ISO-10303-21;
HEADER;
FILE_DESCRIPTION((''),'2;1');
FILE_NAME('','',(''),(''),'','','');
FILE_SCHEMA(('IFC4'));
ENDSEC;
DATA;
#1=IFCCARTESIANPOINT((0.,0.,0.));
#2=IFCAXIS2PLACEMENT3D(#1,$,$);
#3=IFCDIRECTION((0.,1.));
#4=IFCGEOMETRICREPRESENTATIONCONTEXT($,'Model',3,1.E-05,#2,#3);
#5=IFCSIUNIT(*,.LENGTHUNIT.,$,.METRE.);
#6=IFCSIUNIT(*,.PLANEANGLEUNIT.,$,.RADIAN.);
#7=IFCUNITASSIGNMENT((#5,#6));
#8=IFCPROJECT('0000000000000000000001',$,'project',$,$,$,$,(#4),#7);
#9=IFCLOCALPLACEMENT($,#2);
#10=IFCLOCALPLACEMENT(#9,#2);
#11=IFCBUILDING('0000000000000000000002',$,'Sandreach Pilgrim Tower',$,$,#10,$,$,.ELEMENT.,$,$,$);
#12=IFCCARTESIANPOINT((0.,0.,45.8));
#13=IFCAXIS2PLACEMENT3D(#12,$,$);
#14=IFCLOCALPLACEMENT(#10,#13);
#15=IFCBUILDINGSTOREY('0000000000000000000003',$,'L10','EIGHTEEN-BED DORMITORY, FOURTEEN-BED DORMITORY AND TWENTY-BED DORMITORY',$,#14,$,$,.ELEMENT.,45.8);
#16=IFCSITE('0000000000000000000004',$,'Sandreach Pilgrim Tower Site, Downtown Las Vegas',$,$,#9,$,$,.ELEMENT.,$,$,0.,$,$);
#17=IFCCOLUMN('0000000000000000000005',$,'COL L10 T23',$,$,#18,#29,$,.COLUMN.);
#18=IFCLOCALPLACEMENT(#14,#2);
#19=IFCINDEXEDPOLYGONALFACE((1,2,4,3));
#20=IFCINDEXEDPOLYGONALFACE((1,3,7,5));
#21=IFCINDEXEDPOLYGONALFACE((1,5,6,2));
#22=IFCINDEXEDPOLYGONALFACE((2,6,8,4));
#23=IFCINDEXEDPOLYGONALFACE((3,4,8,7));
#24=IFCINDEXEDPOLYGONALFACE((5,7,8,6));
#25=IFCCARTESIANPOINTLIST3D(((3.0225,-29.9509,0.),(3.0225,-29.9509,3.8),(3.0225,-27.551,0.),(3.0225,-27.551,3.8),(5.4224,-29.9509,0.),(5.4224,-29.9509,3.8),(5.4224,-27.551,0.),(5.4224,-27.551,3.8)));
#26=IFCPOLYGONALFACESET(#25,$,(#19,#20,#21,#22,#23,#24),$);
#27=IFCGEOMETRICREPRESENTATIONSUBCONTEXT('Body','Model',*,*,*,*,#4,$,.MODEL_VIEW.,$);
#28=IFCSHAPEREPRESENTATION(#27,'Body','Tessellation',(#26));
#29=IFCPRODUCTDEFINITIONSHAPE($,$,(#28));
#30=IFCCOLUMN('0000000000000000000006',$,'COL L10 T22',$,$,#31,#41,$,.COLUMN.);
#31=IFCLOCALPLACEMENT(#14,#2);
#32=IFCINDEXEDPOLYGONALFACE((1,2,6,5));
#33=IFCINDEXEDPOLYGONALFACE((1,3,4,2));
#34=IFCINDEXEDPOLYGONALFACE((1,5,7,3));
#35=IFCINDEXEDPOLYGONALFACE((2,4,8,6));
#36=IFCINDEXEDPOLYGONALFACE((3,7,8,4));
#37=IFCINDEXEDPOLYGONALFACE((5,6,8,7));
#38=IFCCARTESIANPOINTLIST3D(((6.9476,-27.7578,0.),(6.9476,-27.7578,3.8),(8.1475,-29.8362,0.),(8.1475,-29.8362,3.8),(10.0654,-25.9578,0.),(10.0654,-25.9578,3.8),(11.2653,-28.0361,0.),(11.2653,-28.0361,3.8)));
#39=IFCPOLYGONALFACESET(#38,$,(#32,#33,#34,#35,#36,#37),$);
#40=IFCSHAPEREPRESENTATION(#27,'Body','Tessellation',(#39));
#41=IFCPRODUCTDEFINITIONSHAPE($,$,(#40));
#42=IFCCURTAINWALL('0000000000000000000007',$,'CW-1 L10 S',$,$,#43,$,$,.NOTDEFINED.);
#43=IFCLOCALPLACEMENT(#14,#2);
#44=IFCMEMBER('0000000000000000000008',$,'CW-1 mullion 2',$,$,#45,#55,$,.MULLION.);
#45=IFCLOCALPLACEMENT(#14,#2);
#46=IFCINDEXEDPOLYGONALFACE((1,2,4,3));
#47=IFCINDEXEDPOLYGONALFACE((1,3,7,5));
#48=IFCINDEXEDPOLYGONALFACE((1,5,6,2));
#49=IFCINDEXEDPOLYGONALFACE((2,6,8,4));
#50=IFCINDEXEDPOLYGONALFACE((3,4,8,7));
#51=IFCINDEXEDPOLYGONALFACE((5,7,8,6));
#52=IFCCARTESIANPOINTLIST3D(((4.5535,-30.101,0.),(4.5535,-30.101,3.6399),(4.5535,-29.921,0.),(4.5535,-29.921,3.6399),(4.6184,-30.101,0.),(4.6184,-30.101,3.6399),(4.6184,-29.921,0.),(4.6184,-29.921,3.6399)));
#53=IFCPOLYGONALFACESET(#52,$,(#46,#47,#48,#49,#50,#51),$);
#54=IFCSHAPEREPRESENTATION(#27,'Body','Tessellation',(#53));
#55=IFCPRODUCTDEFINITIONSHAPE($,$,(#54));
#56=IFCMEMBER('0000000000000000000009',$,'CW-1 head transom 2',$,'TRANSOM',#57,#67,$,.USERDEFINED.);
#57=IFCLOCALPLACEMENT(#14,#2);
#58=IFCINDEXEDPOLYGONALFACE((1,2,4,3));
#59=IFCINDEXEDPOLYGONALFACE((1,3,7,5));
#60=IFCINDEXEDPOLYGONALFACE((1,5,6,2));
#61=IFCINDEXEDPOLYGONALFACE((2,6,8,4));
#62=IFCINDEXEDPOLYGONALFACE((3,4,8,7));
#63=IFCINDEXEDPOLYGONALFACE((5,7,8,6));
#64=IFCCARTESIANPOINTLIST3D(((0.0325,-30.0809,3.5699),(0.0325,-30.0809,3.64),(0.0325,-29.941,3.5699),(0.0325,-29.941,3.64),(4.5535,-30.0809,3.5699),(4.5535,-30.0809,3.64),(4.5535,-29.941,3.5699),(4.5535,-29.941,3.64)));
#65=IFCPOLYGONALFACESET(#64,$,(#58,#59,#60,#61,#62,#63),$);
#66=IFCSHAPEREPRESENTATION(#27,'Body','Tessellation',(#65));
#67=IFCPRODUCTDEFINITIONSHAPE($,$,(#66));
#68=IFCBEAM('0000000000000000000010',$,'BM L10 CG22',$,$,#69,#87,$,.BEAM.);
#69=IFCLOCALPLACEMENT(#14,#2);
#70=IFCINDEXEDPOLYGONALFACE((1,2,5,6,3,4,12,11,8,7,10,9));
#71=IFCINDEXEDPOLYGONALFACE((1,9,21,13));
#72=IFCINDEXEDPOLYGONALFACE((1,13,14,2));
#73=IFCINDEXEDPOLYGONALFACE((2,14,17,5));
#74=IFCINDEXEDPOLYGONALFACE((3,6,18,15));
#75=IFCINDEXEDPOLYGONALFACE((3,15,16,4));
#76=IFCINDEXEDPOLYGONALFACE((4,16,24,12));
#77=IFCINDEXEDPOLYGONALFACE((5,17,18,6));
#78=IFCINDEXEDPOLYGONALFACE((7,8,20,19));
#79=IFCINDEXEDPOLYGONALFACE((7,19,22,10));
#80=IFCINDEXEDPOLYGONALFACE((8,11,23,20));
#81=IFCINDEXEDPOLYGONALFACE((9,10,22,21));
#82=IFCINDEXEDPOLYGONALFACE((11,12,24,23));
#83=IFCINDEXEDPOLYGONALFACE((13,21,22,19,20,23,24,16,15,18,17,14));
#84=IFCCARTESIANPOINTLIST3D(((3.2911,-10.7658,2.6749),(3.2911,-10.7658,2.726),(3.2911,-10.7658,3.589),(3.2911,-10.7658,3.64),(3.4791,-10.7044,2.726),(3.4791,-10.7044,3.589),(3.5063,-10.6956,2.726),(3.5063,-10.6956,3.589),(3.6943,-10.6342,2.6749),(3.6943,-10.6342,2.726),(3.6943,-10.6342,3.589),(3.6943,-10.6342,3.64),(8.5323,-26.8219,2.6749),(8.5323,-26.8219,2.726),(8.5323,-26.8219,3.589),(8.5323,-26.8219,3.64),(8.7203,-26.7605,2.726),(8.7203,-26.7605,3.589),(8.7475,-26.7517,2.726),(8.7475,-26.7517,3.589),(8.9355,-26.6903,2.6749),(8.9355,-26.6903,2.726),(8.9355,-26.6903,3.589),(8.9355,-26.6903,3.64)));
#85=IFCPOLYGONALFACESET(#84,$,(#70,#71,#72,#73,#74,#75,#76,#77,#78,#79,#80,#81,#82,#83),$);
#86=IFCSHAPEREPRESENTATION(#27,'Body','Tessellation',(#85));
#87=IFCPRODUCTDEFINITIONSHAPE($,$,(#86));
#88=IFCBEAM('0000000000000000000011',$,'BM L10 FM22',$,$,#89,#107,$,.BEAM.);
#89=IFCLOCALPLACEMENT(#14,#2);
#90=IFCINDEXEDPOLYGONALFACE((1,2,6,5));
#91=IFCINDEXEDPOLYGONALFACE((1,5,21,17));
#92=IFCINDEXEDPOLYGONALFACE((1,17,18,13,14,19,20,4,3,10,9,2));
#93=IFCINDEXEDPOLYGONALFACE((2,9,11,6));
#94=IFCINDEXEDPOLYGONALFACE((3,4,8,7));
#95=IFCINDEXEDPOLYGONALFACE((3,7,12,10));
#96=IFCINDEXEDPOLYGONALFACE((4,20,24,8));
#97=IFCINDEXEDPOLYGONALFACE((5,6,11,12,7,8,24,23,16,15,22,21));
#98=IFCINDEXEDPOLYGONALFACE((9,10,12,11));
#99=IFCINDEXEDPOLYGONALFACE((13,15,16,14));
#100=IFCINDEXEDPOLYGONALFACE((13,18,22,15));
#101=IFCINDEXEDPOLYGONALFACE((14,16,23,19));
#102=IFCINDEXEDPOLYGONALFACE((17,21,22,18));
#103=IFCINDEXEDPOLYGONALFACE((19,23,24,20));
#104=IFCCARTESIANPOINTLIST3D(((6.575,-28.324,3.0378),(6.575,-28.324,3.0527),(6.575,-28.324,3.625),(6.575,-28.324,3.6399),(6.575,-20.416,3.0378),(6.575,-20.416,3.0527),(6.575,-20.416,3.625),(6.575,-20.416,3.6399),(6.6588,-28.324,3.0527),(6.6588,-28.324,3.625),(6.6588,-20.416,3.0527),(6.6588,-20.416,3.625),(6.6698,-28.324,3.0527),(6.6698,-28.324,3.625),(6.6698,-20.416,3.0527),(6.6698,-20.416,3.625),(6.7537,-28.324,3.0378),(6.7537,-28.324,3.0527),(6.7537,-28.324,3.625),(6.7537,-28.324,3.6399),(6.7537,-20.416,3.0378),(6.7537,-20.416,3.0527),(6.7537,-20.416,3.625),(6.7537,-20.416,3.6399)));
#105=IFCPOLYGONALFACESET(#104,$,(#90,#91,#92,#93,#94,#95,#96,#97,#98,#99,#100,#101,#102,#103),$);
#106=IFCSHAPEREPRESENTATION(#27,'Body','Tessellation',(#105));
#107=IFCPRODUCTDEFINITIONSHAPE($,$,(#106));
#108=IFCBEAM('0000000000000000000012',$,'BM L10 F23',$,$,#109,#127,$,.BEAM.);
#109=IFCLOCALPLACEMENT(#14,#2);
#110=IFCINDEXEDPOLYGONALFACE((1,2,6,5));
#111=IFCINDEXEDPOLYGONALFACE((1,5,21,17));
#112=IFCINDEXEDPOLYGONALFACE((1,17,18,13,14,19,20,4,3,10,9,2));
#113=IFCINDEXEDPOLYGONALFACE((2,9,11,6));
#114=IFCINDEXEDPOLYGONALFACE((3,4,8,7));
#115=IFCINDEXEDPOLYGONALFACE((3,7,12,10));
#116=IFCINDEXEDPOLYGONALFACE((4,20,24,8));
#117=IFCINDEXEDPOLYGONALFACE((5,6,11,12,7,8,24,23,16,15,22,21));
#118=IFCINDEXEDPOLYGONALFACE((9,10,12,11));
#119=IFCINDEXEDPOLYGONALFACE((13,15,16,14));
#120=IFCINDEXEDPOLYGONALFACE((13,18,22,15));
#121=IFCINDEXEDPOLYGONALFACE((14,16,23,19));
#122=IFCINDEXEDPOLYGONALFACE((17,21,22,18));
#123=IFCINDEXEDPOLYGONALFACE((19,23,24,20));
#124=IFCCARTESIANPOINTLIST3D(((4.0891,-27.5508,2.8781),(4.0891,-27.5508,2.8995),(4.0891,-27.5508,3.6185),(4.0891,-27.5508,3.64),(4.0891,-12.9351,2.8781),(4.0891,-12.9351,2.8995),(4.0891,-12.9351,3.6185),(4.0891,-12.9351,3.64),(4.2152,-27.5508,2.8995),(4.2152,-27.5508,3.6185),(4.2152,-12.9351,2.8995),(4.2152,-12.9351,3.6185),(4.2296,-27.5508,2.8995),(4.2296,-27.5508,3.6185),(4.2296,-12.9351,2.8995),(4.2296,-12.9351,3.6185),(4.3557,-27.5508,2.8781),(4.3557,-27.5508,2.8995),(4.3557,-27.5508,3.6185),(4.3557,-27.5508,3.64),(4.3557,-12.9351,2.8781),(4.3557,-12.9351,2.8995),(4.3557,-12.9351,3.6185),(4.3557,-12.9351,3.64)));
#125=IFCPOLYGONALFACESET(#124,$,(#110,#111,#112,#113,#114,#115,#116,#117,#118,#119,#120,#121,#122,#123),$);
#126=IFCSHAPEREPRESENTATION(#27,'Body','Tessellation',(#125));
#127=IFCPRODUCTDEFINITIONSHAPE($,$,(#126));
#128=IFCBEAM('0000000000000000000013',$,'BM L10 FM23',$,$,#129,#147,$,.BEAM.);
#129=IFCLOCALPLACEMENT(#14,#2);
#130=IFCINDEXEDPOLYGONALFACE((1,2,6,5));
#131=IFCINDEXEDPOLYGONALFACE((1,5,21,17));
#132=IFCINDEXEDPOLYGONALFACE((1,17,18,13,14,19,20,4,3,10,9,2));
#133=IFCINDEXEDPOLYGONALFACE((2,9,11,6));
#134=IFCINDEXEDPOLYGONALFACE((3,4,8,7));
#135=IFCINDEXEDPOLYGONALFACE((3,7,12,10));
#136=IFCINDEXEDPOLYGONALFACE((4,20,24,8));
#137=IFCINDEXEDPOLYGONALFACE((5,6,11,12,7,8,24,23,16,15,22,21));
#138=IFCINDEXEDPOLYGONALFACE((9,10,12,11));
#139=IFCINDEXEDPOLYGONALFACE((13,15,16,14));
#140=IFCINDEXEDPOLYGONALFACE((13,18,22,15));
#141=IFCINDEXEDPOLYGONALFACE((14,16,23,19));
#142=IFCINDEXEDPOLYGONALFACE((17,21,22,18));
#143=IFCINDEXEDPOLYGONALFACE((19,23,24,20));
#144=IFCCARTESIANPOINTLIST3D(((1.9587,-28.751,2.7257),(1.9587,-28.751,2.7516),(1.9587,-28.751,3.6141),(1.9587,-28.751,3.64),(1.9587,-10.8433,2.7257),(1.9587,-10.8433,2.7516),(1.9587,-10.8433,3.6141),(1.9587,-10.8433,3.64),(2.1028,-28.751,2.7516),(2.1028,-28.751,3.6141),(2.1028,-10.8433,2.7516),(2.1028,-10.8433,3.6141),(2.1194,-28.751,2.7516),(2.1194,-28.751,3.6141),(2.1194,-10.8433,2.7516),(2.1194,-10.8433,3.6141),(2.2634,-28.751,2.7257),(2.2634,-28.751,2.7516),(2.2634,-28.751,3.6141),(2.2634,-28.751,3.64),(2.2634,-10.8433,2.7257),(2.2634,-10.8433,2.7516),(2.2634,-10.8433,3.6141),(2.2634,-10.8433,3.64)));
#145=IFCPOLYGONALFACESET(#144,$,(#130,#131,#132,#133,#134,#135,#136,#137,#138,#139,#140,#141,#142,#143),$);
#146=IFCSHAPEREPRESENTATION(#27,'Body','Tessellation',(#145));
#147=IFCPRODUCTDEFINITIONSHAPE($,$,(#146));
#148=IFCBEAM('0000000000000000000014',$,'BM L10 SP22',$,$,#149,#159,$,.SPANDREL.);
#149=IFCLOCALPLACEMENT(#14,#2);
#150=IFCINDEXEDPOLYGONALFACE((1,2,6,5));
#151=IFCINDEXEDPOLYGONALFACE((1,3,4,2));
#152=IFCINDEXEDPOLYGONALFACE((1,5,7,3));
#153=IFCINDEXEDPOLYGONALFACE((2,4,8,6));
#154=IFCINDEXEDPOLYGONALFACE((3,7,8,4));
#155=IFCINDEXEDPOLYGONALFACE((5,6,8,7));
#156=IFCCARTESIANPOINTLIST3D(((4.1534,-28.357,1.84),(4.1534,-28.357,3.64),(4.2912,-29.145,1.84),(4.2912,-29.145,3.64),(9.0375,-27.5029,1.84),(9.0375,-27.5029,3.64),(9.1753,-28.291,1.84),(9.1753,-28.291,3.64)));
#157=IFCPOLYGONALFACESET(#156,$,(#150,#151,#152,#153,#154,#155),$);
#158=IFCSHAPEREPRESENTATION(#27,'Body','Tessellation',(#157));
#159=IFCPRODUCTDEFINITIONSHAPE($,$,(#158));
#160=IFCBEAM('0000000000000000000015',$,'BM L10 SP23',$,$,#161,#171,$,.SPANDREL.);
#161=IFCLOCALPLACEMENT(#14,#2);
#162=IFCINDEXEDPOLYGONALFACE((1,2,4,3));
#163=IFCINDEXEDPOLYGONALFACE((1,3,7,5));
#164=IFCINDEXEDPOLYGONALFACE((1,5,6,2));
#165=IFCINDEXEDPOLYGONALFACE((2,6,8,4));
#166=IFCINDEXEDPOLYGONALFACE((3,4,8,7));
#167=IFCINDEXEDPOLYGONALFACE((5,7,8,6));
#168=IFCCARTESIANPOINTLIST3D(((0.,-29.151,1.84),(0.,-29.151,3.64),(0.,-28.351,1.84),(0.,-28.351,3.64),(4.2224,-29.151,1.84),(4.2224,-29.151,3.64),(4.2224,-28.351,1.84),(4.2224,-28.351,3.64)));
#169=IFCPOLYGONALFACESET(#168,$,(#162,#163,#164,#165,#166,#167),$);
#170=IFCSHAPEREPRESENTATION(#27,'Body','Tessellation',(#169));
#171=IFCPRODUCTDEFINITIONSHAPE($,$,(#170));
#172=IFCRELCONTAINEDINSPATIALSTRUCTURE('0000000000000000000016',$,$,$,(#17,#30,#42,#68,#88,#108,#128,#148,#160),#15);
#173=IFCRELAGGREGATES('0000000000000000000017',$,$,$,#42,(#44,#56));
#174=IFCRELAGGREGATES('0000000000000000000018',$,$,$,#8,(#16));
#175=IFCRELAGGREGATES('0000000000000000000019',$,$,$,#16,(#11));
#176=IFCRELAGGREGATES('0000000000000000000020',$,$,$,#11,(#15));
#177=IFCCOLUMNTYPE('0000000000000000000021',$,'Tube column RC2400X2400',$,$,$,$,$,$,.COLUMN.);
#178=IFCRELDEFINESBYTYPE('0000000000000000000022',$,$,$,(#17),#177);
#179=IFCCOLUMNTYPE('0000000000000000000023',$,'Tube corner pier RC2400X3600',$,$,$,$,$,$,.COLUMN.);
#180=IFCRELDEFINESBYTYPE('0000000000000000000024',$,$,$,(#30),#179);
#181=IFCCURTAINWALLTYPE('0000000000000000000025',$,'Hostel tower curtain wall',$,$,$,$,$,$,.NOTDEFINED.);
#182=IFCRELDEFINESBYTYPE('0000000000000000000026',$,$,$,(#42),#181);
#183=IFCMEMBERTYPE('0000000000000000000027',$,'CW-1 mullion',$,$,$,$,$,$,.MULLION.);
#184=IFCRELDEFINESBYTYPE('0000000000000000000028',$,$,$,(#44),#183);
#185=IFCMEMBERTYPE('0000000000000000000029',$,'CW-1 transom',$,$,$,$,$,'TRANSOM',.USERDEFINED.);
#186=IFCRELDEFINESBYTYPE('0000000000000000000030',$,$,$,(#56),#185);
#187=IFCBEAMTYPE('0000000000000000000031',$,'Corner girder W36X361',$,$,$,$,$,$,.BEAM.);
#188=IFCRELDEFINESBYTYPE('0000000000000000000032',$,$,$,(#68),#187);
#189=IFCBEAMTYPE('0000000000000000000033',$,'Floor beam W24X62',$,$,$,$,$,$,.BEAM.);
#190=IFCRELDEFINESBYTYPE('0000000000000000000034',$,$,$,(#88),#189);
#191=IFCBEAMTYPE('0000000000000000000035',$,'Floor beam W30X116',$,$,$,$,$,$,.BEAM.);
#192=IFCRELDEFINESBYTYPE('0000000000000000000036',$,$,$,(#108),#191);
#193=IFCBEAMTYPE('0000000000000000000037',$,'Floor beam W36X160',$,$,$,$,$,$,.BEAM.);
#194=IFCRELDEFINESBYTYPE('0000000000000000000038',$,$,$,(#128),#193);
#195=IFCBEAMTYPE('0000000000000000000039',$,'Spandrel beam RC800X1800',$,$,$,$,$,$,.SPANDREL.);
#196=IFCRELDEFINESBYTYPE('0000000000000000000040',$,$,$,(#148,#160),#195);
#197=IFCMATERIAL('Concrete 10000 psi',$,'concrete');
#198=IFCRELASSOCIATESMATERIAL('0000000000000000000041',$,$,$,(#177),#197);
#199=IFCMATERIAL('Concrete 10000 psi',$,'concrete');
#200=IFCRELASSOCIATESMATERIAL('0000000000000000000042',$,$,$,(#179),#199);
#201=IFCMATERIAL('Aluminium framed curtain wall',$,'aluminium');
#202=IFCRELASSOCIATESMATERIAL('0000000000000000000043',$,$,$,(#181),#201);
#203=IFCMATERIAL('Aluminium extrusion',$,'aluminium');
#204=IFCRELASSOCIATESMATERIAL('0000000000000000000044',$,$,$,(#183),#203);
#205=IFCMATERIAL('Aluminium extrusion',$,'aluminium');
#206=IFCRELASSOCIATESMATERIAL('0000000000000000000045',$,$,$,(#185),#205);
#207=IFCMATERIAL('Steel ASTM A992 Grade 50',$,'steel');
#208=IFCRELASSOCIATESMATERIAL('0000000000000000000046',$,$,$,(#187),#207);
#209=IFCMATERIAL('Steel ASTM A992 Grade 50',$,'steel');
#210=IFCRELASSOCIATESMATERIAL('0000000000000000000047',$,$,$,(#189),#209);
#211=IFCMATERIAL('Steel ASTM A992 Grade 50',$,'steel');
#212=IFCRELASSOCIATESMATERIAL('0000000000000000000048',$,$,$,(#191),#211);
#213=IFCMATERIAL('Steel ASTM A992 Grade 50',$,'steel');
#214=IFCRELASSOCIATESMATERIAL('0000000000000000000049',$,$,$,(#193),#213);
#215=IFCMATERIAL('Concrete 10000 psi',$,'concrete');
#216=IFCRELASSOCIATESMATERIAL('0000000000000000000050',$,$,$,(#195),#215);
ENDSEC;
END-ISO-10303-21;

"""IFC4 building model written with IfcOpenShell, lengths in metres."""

from ifc_helpers import new_model, si_unit, direction, frame, origin, origin_2d, place, context, subcontext, project, spatial, rectangle, i_section, extrude, material, material_profile, profile_set, type_object, element, aggregate, save


model = new_model("IFC4")

# Units and contexts
model_context = context("Model", 3, precision=1e-05, world=origin(), true_north=direction((0.0, 1.0)))
body_context = subcontext(model_context, "Body", "Model", "MODEL_VIEW")
ifc_project = project(units=[si_unit("LENGTHUNIT", "METRE"), si_unit("PLANEANGLEUNIT", "RADIAN")], contexts=[model_context])

# Site, building, storey
site_placement = place(None, origin())
site = spatial("IfcSite", under=ifc_project, at=site_placement, Name="Sandreach Pilgrim Tower Site, Downtown Las Vegas", CompositionType="ELEMENT", RefElevation=0.0)
building_placement = place(site_placement, origin())
building = spatial("IfcBuilding", under=site, at=building_placement, Name="Sandreach Pilgrim Tower", CompositionType="ELEMENT")
storey_placement = place(building_placement, frame((0.0, 0.0, 45.8)))
storey = spatial("IfcBuildingStorey", under=building, at=storey_placement, Name="L10", Description="EIGHTEEN-BED DORMITORY, FOURTEEN-BED DORMITORY AND TWENTY-BED DORMITORY", CompositionType="ELEMENT", Elevation=45.8)

# Columns
ifc_material_1 = material(Name="Concrete 10000 psi", Category="concrete")
ifc_material_profile_1 = material_profile(ifc_material_1, rectangle(XDim=2.3999, YDim=2.3999, at=origin_2d()), Name="RC2400X2400")
ifc_profile_set_1 = profile_set([ifc_material_profile_1], Name="Concrete 10000 psi")
column_type_1 = type_object("IfcColumnType", Name="Tube column RC2400X2400", PredefinedType="COLUMN", material=ifc_profile_set_1)
column_1_placement = place(storey_placement, frame((4.2224, -28.751, 0.0), z_axis=(0.0, 0.0, 1.0), x_axis=(0.0, -1.0, 0.0)))
element("IfcColumn", 1, at=column_1_placement, inside=storey, type_object=column_type_1, Name="COL L10 T23", PredefinedType="COLUMN", context=body_context, shape_type="SweptSolid", body=[
    extrude(rectangle(XDim=2.3999, YDim=2.3999, at=origin_2d()), origin(), (0.0, 0.0, 1.0), 3.8),
])
ifc_material_2 = material(Name="Concrete 10000 psi", Category="concrete")
ifc_material_profile_2 = material_profile(ifc_material_2, rectangle(XDim=2.3999, YDim=3.6001, at=origin_2d()), Name="RC2400X3600")
ifc_profile_set_2 = profile_set([ifc_material_profile_2], Name="Concrete 10000 psi")
column_type_2 = type_object("IfcColumnType", Name="Tube corner pier RC2400X3600", PredefinedType="COLUMN", material=ifc_profile_set_2)
column_2_placement = place(storey_placement, frame((9.1064, -27.897, 0.0), z_axis=(0.0, 0.0, 1.0), x_axis=(0.5, -0.866025, 0.0)))
element("IfcColumn", 2, at=column_2_placement, inside=storey, type_object=column_type_2, Name="COL L10 T22", PredefinedType="COLUMN", context=body_context, shape_type="SweptSolid", body=[
    extrude(rectangle(XDim=2.3999, YDim=3.6001, at=origin_2d()), origin(), (0.0, 0.0, 1.0), 3.8),
])

# Curtain wall, members
ifc_material_3 = material(Name="Aluminium framed curtain wall", Category="aluminium")
curtain_wall_type = type_object("IfcCurtainWallType", Name="Hostel tower curtain wall", PredefinedType="NOTDEFINED", material=ifc_material_3)
curtain_wall_placement = place(storey_placement, origin())
curtain_wall = element("IfcCurtainWall", 3, at=curtain_wall_placement, inside=storey, type_object=curtain_wall_type, Name="CW-1 L10 S", PredefinedType="NOTDEFINED")
ifc_material_4 = material(Name="Aluminium extrusion", Category="aluminium")
ifc_material_profile_3 = material_profile(ifc_material_4, rectangle(XDim=0.0649, YDim=0.1799, at=origin_2d()), Name="CW-1M 65X180")
ifc_profile_set_3 = profile_set([ifc_material_profile_3], Name="Aluminium extrusion")
member_type_1 = type_object("IfcMemberType", Name="CW-1 mullion", PredefinedType="MULLION", material=ifc_profile_set_3)
member_1_placement = place(storey_placement, frame((4.5859, -30.011, 0.0), z_axis=(0.0, 0.0, 1.0), x_axis=(-1.0, 0.0, 0.0)))
member_1 = element("IfcMember", 4, at=member_1_placement, type_object=member_type_1, Name="CW-1 mullion 2", PredefinedType="MULLION", context=body_context, shape_type="SweptSolid", body=[
    extrude(rectangle(XDim=0.0649, YDim=0.1799, at=origin_2d()), origin(), (0.0, 0.0, 1.0), 3.6399),
])
ifc_material_5 = material(Name="Aluminium extrusion", Category="aluminium")
ifc_material_profile_4 = material_profile(ifc_material_5, rectangle(XDim=0.1399, YDim=0.0701, at=origin_2d()), Name="CW-1T 140X70")
ifc_profile_set_4 = profile_set([ifc_material_profile_4], Name="Aluminium extrusion")
member_type_2 = type_object("IfcMemberType", Name="CW-1 transom", ElementType="TRANSOM", PredefinedType="USERDEFINED", material=ifc_profile_set_4)
member_2_placement = place(storey_placement, frame((4.5535, -30.011, 3.605), z_axis=(-1.0, 0.0, 0.0), x_axis=(0.0, -1.0, 0.0)))
member_2 = element("IfcMember", 5, at=member_2_placement, type_object=member_type_2, Name="CW-1 head transom 2", ObjectType="TRANSOM", PredefinedType="USERDEFINED", context=body_context, shape_type="SweptSolid", body=[
    extrude(rectangle(XDim=0.1399, YDim=0.0701, at=origin_2d()), origin(), (0.0, 0.0, 1.0), 4.521),
])

# Beams
ifc_material_6 = material(Name="Steel ASTM A992 Grade 50", Category="steel")
ifc_material_profile_5 = material_profile(ifc_material_6, i_section(OverallWidth=0.4241, OverallDepth=0.9651, WebThickness=0.0286, FlangeThickness=0.051, at=origin_2d()), Name="W36X361")
ifc_profile_set_5 = profile_set([ifc_material_profile_5], Name="Steel ASTM A992 Grade 50")
beam_type_1 = type_object("IfcBeamType", Name="Corner girder W36X361", PredefinedType="BEAM", material=ifc_profile_set_5)
beam_1_placement = place(storey_placement, frame((8.7339, -26.7561, 3.1575), z_axis=(-0.310315, 0.950634, 0.0), x_axis=(-0.950634, -0.310315, 0.0)))
element("IfcBeam", 6, at=beam_1_placement, inside=storey, type_object=beam_type_1, Name="BM L10 CG22", PredefinedType="BEAM", context=body_context, shape_type="SweptSolid", body=[
    extrude(i_section(OverallWidth=0.4241, OverallDepth=0.9651, WebThickness=0.0286, FlangeThickness=0.051, at=origin_2d()), origin(), (0.0, 0.0, 1.0), 16.8899),
])
ifc_material_7 = material(Name="Steel ASTM A992 Grade 50", Category="steel")
ifc_material_profile_6 = material_profile(ifc_material_7, i_section(OverallWidth=0.1787, OverallDepth=0.6021, WebThickness=0.011, FlangeThickness=0.0149, at=origin_2d()), Name="W24X62")
ifc_profile_set_6 = profile_set([ifc_material_profile_6], Name="Steel ASTM A992 Grade 50")
beam_type_2 = type_object("IfcBeamType", Name="Floor beam W24X62", PredefinedType="BEAM", material=ifc_profile_set_6)
beam_2_placement = place(storey_placement, frame((6.6643, -28.324, 3.3389), z_axis=(0.0, 1.0, 0.0), x_axis=(-1.0, 0.0, 0.0)))
element("IfcBeam", 7, at=beam_2_placement, inside=storey, type_object=beam_type_2, Name="BM L10 FM22", PredefinedType="BEAM", context=body_context, shape_type="SweptSolid", body=[
    extrude(i_section(OverallWidth=0.1787, OverallDepth=0.6021, WebThickness=0.011, FlangeThickness=0.0149, at=origin_2d()), origin(), (0.0, 0.0, 1.0), 7.908),
])
ifc_material_8 = material(Name="Steel ASTM A992 Grade 50", Category="steel")
ifc_material_profile_7 = material_profile(ifc_material_8, i_section(OverallWidth=0.2666, OverallDepth=0.762, WebThickness=0.0144, FlangeThickness=0.0215, at=origin_2d()), Name="W30X116")
ifc_profile_set_7 = profile_set([ifc_material_profile_7], Name="Steel ASTM A992 Grade 50")
beam_type_3 = type_object("IfcBeamType", Name="Floor beam W30X116", PredefinedType="BEAM", material=ifc_profile_set_7)
beam_3_placement = place(storey_placement, frame((4.2224, -27.5508, 3.259), z_axis=(0.0, 1.0, 0.0), x_axis=(-1.0, 0.0, 0.0)))
element("IfcBeam", 8, at=beam_3_placement, inside=storey, type_object=beam_type_3, Name="BM L10 F23", PredefinedType="BEAM", context=body_context, shape_type="SweptSolid", body=[
    extrude(i_section(OverallWidth=0.2666, OverallDepth=0.762, WebThickness=0.0144, FlangeThickness=0.0215, at=origin_2d()), origin(), (0.0, 0.0, 1.0), 14.6157),
])
ifc_material_9 = material(Name="Steel ASTM A992 Grade 50", Category="steel")
ifc_material_profile_8 = material_profile(ifc_material_9, i_section(OverallWidth=0.3047, OverallDepth=0.9143, WebThickness=0.0166, FlangeThickness=0.0259, at=origin_2d()), Name="W36X160")
ifc_profile_set_8 = profile_set([ifc_material_profile_8], Name="Steel ASTM A992 Grade 50")
beam_type_4 = type_object("IfcBeamType", Name="Floor beam W36X160", PredefinedType="BEAM", material=ifc_profile_set_8)
beam_4_placement = place(storey_placement, frame((2.1111, -28.751, 3.1829), z_axis=(0.0, 1.0, 0.0), x_axis=(-1.0, 0.0, 0.0)))
element("IfcBeam", 9, at=beam_4_placement, inside=storey, type_object=beam_type_4, Name="BM L10 FM23", PredefinedType="BEAM", context=body_context, shape_type="SweptSolid", body=[
    extrude(i_section(OverallWidth=0.3047, OverallDepth=0.9143, WebThickness=0.0166, FlangeThickness=0.0259, at=origin_2d()), origin(), (0.0, 0.0, 1.0), 17.9077),
])
ifc_material_10 = material(Name="Concrete 10000 psi", Category="concrete")
ifc_material_profile_9 = material_profile(ifc_material_10, rectangle(XDim=0.8, YDim=1.8, at=origin_2d()), Name="RC800X1800")
ifc_profile_set_9 = profile_set([ifc_material_profile_9], Name="Concrete 10000 psi")
beam_type_5 = type_object("IfcBeamType", Name="Spandrel beam RC800X1800", PredefinedType="SPANDREL", material=ifc_profile_set_9)
beam_5_placement = place(storey_placement, frame((9.1064, -27.897, 2.74), z_axis=(-0.985054, -0.172243, 0.0), x_axis=(0.172243, -0.985054, 0.0)))
element("IfcBeam", 10, at=beam_5_placement, inside=storey, type_object=beam_type_5, Name="BM L10 SP22", PredefinedType="SPANDREL", context=body_context, shape_type="SweptSolid", body=[
    extrude(rectangle(XDim=0.8, YDim=1.8, at=origin_2d()), origin(), (0.0, 0.0, 1.0), 4.9583),
])
beam_6_placement = place(storey_placement, frame((4.2224, -28.751, 2.74), z_axis=(-1.0, 0.0, 0.0), x_axis=(0.0, -1.0, 0.0)))
element("IfcBeam", 11, at=beam_6_placement, inside=storey, type_object=beam_type_5, Name="BM L10 SP23", PredefinedType="SPANDREL", context=body_context, shape_type="SweptSolid", body=[
    extrude(rectangle(XDim=0.8, YDim=1.8, at=origin_2d()), origin(), (0.0, 0.0, 1.0), 4.2224),
])

aggregate(curtain_wall, [member_1, member_2])

save(model, "model.ifc")
